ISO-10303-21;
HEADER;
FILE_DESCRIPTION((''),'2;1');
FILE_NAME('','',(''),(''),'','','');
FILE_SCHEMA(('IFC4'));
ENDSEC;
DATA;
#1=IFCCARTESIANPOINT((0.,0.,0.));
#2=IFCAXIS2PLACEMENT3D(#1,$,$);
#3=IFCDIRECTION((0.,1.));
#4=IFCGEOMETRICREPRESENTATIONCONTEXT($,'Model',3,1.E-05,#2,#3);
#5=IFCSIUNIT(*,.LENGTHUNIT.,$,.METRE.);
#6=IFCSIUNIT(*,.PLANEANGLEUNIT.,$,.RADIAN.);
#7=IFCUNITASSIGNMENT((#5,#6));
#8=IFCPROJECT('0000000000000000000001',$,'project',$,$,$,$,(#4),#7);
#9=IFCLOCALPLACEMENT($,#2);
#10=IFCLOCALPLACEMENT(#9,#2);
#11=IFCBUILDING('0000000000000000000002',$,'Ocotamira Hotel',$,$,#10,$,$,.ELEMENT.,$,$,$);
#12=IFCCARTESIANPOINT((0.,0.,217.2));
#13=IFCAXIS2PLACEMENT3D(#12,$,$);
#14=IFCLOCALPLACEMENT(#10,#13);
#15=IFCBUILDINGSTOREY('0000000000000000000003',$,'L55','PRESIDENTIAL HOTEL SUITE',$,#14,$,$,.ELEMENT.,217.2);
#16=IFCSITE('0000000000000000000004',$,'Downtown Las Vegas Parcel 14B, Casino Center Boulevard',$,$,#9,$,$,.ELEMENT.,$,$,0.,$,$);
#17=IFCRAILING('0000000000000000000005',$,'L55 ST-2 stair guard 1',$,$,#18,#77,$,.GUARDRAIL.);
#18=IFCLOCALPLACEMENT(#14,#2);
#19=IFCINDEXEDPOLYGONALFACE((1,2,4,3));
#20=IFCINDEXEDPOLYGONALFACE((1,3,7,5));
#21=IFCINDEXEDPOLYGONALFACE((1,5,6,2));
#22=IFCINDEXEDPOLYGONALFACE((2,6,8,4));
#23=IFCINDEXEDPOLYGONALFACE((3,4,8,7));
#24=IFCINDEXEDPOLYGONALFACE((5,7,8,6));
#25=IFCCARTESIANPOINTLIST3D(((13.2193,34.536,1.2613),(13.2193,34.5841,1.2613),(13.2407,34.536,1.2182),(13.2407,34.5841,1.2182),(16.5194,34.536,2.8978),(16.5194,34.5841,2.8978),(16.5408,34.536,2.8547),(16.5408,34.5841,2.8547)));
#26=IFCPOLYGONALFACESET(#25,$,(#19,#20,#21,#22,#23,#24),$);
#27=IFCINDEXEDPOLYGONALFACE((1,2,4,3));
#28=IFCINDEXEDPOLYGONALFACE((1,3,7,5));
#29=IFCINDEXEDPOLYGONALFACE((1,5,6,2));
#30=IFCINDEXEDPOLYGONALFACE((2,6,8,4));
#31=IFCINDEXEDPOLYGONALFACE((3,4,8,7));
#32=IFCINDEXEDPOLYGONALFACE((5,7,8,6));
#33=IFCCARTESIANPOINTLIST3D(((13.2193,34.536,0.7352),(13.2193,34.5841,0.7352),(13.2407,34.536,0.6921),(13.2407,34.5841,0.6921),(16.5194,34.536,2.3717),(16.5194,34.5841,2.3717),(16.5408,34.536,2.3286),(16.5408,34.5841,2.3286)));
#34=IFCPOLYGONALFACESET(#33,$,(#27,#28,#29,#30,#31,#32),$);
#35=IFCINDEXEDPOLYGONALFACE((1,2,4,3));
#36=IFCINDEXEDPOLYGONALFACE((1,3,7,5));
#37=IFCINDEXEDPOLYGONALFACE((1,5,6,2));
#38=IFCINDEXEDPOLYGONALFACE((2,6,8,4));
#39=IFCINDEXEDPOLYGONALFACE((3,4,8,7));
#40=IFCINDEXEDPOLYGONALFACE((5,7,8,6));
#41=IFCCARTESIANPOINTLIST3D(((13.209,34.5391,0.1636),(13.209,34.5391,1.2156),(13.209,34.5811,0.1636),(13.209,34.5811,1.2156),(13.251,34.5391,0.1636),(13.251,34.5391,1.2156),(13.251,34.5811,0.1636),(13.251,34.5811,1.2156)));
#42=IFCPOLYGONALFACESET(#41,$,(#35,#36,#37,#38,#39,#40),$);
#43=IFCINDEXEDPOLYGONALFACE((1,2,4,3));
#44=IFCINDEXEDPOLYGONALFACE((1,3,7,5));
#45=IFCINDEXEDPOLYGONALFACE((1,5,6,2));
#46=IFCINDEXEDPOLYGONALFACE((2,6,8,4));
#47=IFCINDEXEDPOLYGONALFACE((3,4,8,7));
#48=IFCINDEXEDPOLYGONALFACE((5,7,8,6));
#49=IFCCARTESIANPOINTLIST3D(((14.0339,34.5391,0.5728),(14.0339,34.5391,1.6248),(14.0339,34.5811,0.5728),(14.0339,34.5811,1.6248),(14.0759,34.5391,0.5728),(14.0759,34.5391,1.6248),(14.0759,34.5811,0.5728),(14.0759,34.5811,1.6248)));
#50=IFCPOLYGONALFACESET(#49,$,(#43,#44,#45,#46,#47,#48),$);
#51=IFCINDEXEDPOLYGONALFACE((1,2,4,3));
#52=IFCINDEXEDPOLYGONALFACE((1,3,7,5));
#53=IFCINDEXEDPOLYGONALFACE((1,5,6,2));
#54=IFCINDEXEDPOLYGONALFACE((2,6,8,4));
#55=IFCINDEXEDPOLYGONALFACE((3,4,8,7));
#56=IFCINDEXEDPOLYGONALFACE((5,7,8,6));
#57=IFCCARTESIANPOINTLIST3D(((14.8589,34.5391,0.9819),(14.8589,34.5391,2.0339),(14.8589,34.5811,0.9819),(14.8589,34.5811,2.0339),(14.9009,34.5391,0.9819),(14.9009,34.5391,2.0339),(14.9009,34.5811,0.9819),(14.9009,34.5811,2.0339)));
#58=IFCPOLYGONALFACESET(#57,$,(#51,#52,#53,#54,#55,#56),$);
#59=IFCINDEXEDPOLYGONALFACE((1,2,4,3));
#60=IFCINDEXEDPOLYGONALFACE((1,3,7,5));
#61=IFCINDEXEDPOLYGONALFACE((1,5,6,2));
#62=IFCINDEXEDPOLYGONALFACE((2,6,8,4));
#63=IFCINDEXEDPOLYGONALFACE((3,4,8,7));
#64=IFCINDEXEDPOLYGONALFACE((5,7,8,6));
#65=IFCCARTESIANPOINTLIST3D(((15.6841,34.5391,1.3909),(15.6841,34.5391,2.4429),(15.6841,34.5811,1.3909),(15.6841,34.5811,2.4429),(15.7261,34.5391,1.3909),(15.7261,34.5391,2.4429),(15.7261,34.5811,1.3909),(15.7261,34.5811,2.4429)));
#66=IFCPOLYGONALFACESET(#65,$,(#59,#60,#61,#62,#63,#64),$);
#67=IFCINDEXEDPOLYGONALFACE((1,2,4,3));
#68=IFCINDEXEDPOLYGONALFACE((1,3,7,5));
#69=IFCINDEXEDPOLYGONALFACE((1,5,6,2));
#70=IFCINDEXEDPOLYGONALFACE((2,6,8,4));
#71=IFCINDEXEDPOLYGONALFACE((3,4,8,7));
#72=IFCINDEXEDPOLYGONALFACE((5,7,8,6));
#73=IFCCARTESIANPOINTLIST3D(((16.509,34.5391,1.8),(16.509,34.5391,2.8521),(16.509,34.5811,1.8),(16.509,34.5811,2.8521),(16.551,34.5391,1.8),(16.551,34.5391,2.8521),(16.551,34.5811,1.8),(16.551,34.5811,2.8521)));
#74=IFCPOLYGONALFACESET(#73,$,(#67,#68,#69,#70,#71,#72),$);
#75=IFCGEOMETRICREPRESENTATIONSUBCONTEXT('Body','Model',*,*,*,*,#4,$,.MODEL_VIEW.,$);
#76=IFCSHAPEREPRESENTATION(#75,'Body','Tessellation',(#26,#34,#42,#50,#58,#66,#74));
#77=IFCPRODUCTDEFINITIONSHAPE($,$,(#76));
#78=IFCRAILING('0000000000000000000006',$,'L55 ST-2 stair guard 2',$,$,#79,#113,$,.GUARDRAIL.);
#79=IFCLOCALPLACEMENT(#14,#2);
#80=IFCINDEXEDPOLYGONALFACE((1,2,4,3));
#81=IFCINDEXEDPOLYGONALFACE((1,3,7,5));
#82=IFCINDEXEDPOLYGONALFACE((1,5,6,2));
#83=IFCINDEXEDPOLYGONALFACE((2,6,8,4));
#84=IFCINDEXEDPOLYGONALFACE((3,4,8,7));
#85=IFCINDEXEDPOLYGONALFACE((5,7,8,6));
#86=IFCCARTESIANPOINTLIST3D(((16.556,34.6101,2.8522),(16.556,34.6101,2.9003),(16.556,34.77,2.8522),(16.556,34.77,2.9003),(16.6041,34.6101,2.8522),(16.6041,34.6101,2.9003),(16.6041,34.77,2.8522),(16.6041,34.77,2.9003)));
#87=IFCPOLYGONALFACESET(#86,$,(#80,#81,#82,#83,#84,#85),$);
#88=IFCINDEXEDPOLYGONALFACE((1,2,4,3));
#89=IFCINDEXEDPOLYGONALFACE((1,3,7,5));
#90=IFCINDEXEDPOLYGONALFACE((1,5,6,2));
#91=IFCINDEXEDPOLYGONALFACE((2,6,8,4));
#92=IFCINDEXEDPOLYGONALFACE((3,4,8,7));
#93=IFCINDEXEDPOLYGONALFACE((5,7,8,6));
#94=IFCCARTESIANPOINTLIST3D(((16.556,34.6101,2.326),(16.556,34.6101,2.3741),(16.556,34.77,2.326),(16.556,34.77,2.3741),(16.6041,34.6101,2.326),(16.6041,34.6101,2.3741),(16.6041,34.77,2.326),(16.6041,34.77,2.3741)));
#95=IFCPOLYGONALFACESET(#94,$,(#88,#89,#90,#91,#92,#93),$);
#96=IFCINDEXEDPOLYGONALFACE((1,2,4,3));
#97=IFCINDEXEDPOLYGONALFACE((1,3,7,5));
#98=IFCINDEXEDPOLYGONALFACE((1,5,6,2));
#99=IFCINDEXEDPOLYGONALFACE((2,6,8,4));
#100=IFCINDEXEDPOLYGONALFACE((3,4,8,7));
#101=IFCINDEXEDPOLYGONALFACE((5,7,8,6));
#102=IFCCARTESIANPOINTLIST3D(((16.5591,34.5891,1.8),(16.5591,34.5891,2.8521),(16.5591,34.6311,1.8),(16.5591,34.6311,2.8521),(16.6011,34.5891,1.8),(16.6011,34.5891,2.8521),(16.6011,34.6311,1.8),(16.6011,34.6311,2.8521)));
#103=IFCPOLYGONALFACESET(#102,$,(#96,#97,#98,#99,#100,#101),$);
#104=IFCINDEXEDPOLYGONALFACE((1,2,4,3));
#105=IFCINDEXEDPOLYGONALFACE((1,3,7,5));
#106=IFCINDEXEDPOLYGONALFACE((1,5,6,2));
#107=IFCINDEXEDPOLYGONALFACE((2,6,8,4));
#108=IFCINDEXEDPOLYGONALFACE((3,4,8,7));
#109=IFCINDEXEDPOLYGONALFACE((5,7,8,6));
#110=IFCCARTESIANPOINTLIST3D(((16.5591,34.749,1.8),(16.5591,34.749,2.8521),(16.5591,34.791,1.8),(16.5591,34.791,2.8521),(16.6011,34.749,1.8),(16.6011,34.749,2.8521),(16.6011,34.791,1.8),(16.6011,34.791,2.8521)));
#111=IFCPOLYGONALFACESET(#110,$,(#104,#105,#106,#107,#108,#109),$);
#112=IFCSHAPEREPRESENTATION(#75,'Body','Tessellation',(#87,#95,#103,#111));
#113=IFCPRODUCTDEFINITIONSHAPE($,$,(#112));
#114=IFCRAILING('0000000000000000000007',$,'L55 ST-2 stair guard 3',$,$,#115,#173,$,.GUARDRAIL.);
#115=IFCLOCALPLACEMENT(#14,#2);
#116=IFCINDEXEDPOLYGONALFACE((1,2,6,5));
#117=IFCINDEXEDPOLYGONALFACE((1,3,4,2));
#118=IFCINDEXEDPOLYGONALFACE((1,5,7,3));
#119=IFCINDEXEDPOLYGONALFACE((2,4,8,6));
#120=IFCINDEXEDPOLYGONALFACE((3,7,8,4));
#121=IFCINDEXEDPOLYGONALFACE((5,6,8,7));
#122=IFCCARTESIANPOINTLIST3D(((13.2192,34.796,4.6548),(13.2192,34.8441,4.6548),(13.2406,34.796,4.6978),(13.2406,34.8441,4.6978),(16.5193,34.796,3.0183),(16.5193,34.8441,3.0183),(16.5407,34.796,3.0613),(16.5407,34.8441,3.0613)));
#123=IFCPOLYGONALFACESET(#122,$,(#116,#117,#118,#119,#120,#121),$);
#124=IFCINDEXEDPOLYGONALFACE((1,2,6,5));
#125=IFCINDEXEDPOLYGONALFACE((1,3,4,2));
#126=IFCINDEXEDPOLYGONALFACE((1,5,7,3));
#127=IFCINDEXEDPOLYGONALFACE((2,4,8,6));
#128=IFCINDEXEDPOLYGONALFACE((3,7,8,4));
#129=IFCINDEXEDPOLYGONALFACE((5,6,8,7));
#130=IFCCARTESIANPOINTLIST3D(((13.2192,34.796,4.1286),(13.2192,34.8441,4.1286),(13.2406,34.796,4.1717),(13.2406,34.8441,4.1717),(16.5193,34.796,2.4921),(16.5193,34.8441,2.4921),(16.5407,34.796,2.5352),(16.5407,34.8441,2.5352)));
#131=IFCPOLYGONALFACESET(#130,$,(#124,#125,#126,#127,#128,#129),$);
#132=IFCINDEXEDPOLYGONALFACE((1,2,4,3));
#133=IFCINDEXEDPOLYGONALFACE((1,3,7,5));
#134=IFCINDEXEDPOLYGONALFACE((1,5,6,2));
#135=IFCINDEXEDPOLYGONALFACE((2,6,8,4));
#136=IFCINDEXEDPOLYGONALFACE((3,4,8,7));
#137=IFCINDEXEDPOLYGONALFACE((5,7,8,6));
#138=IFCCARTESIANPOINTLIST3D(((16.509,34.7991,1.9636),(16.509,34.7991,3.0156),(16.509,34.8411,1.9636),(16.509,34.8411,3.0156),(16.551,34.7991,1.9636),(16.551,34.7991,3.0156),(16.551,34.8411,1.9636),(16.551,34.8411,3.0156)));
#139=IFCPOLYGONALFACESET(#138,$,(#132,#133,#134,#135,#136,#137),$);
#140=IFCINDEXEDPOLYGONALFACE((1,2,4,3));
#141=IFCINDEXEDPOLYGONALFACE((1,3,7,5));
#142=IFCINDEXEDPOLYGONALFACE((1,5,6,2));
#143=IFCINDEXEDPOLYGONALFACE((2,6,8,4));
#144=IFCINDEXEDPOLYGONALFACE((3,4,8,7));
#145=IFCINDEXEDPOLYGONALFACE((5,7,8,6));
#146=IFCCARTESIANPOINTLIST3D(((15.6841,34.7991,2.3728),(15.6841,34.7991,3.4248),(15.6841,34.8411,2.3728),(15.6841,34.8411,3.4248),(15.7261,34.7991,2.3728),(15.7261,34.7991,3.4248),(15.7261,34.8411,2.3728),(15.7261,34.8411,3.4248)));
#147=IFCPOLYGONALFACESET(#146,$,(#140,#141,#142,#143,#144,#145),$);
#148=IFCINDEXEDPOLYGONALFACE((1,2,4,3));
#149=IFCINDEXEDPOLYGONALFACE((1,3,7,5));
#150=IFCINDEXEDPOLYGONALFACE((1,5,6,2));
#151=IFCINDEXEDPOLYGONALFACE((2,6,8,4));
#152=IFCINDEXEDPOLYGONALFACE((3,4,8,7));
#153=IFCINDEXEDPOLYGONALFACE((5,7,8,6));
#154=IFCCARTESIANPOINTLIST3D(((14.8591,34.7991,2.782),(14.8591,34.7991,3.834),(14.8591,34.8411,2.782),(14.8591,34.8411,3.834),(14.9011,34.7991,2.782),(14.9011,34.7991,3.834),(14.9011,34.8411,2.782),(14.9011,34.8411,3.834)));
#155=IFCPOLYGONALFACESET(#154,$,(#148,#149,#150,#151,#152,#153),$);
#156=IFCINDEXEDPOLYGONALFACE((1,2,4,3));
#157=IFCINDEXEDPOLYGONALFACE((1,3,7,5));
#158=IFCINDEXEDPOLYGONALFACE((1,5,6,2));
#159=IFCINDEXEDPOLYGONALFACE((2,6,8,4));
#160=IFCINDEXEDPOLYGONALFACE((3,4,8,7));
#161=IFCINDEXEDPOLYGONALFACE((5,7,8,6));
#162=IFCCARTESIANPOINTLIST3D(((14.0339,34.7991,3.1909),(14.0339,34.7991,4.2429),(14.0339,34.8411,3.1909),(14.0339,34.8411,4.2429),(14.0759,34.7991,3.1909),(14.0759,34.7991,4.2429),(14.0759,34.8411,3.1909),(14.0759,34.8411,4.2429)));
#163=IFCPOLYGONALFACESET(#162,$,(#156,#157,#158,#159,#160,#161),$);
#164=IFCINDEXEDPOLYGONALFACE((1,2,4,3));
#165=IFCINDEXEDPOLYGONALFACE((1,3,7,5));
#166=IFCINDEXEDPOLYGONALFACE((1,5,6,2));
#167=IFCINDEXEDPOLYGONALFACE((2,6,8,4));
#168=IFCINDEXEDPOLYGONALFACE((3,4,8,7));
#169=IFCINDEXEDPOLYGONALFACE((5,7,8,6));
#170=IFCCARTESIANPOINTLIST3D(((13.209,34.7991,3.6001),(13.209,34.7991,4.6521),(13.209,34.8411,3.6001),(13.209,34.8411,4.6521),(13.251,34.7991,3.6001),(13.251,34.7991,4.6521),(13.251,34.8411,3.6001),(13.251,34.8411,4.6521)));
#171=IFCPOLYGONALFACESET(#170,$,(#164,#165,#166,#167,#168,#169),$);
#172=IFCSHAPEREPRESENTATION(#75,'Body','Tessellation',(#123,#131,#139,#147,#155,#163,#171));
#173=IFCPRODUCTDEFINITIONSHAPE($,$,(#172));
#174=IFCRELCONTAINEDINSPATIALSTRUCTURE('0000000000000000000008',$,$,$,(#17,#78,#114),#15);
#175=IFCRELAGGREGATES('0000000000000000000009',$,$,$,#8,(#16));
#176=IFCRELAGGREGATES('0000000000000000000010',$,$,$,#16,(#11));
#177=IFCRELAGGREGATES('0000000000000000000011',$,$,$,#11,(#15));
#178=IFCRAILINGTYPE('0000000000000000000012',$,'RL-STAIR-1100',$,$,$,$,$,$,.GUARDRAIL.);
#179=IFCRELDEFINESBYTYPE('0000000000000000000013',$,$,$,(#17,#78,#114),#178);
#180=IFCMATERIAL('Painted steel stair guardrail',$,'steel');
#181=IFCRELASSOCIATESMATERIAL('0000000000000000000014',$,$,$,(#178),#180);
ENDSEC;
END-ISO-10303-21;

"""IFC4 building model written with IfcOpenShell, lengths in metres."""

from ifc_helpers import new_model, si_unit, direction, frame, origin, origin_2d, place, context, subcontext, project, spatial, rectangle, extrude, material, type_object, element, save


model = new_model("IFC4")

# Units and contexts
model_context = context("Model", 3, precision=1e-05, world=origin(), true_north=direction((0.0, 1.0)))
body_context = subcontext(model_context, "Body", "Model", "MODEL_VIEW")
ifc_project = project(units=[si_unit("LENGTHUNIT", "METRE"), si_unit("PLANEANGLEUNIT", "RADIAN")], contexts=[model_context])

# Site, building, storey
site_placement = place(None, origin())
site = spatial("IfcSite", under=ifc_project, at=site_placement, Name="Downtown Las Vegas Parcel 14B, Casino Center Boulevard", CompositionType="ELEMENT", RefElevation=0.0)
building_placement = place(site_placement, origin())
building = spatial("IfcBuilding", under=site, at=building_placement, Name="Ocotamira Hotel", CompositionType="ELEMENT")
storey_placement = place(building_placement, frame((0.0, 0.0, 217.2)))
storey = spatial("IfcBuildingStorey", under=building, at=storey_placement, Name="L55", Description="PRESIDENTIAL HOTEL SUITE", CompositionType="ELEMENT", Elevation=217.2)

# Railings
ifc_material_1 = material(Name="Painted steel stair guardrail", Category="steel")
railing_type_1 = type_object("IfcRailingType", Name="RL-STAIR-1100", PredefinedType="GUARDRAIL", material=ifc_material_1)
railing_1_placement = place(storey_placement, frame((13.23, 34.5601, 0.1636)))
element("IfcRailing", 1, at=railing_1_placement, inside=storey, type_object=railing_type_1, Name="L55 ST-2 stair guard 1", PredefinedType="GUARDRAIL", context=body_context, shape_type="SweptSolid", body=[
    extrude(rectangle(XDim=0.0481, YDim=0.0481, at=origin_2d()), frame((0.0, 0.0, 1.0762), z_axis=(0.895894, 0.0, 0.444268), x_axis=(0.0, 1.0, 0.0)), (0.0, 0.0, 1.0), 3.6836),
    extrude(rectangle(XDim=0.0481, YDim=0.0481, at=origin_2d()), frame((0.0, 0.0, 0.55), z_axis=(0.895894, 0.0, 0.444268), x_axis=(0.0, 1.0, 0.0)), (0.0, 0.0, 1.0), 3.6836),
    extrude(rectangle(XDim=0.042, YDim=0.042, at=origin_2d()), origin(), (0.0, 0.0, 1.0), 1.052),
    extrude(rectangle(XDim=0.042, YDim=0.042, at=origin_2d()), frame((0.825, 0.0, 0.4092)), (0.0, 0.0, 1.0), 1.052),
    extrude(rectangle(XDim=0.042, YDim=0.042, at=origin_2d()), frame((1.6499, 0.0, 0.8184)), (0.0, 0.0, 1.0), 1.052),
    extrude(rectangle(XDim=0.042, YDim=0.042, at=origin_2d()), frame((2.4751, 0.0, 1.2273)), (0.0, 0.0, 1.0), 1.052),
    extrude(rectangle(XDim=0.042, YDim=0.042, at=origin_2d()), frame((3.3, 0.0, 1.6365)), (0.0, 0.0, 1.0), 1.052),
])
railing_2_placement = place(storey_placement, frame((16.5801, 34.6101, 1.8)))
element("IfcRailing", 2, at=railing_2_placement, inside=storey, type_object=railing_type_1, Name="L55 ST-2 stair guard 2", PredefinedType="GUARDRAIL", context=body_context, shape_type="SweptSolid", body=[
    extrude(rectangle(XDim=0.0481, YDim=0.0481, at=origin_2d()), frame((0.0, 0.0, 1.0762), z_axis=(0.0, 1.0, 0.0), x_axis=(-1.0, 0.0, 0.0)), (0.0, 0.0, 1.0), 0.1599),
    extrude(rectangle(XDim=0.0481, YDim=0.0481, at=origin_2d()), frame((0.0, 0.0, 0.55), z_axis=(0.0, 1.0, 0.0), x_axis=(-1.0, 0.0, 0.0)), (0.0, 0.0, 1.0), 0.1599),
    extrude(rectangle(XDim=0.042, YDim=0.042, at=origin_2d()), origin(), (0.0, 0.0, 1.0), 1.052),
    extrude(rectangle(XDim=0.042, YDim=0.042, at=origin_2d()), frame((0.0, 0.1599, 0.0)), (0.0, 0.0, 1.0), 1.052),
])
railing_3_placement = place(storey_placement, frame((16.53, 34.8201, 1.9636)))
element("IfcRailing", 3, at=railing_3_placement, inside=storey, type_object=railing_type_1, Name="L55 ST-2 stair guard 3", PredefinedType="GUARDRAIL", context=body_context, shape_type="SweptSolid", body=[
    extrude(rectangle(XDim=0.0481, YDim=0.0481, at=origin_2d()), frame((0.0, 0.0, 1.0762), z_axis=(-0.895894, 0.0, 0.444268), x_axis=(0.0, -1.0, 0.0)), (0.0, 0.0, 1.0), 3.6836),
    extrude(rectangle(XDim=0.0481, YDim=0.0481, at=origin_2d()), frame((0.0, 0.0, 0.55), z_axis=(-0.895894, 0.0, 0.444268), x_axis=(0.0, -1.0, 0.0)), (0.0, 0.0, 1.0), 3.6836),
    extrude(rectangle(XDim=0.042, YDim=0.042, at=origin_2d()), origin(), (0.0, 0.0, 1.0), 1.052),
    extrude(rectangle(XDim=0.042, YDim=0.042, at=origin_2d()), frame((-0.825, 0.0, 0.4092)), (0.0, 0.0, 1.0), 1.052),
    extrude(rectangle(XDim=0.042, YDim=0.042, at=origin_2d()), frame((-1.6499, 0.0, 0.8184)), (0.0, 0.0, 1.0), 1.052),
    extrude(rectangle(XDim=0.042, YDim=0.042, at=origin_2d()), frame((-2.4751, 0.0, 1.2273)), (0.0, 0.0, 1.0), 1.052),
    extrude(rectangle(XDim=0.042, YDim=0.042, at=origin_2d()), frame((-3.3, 0.0, 1.6365)), (0.0, 0.0, 1.0), 1.052),
])

save(model, "model.ifc")
